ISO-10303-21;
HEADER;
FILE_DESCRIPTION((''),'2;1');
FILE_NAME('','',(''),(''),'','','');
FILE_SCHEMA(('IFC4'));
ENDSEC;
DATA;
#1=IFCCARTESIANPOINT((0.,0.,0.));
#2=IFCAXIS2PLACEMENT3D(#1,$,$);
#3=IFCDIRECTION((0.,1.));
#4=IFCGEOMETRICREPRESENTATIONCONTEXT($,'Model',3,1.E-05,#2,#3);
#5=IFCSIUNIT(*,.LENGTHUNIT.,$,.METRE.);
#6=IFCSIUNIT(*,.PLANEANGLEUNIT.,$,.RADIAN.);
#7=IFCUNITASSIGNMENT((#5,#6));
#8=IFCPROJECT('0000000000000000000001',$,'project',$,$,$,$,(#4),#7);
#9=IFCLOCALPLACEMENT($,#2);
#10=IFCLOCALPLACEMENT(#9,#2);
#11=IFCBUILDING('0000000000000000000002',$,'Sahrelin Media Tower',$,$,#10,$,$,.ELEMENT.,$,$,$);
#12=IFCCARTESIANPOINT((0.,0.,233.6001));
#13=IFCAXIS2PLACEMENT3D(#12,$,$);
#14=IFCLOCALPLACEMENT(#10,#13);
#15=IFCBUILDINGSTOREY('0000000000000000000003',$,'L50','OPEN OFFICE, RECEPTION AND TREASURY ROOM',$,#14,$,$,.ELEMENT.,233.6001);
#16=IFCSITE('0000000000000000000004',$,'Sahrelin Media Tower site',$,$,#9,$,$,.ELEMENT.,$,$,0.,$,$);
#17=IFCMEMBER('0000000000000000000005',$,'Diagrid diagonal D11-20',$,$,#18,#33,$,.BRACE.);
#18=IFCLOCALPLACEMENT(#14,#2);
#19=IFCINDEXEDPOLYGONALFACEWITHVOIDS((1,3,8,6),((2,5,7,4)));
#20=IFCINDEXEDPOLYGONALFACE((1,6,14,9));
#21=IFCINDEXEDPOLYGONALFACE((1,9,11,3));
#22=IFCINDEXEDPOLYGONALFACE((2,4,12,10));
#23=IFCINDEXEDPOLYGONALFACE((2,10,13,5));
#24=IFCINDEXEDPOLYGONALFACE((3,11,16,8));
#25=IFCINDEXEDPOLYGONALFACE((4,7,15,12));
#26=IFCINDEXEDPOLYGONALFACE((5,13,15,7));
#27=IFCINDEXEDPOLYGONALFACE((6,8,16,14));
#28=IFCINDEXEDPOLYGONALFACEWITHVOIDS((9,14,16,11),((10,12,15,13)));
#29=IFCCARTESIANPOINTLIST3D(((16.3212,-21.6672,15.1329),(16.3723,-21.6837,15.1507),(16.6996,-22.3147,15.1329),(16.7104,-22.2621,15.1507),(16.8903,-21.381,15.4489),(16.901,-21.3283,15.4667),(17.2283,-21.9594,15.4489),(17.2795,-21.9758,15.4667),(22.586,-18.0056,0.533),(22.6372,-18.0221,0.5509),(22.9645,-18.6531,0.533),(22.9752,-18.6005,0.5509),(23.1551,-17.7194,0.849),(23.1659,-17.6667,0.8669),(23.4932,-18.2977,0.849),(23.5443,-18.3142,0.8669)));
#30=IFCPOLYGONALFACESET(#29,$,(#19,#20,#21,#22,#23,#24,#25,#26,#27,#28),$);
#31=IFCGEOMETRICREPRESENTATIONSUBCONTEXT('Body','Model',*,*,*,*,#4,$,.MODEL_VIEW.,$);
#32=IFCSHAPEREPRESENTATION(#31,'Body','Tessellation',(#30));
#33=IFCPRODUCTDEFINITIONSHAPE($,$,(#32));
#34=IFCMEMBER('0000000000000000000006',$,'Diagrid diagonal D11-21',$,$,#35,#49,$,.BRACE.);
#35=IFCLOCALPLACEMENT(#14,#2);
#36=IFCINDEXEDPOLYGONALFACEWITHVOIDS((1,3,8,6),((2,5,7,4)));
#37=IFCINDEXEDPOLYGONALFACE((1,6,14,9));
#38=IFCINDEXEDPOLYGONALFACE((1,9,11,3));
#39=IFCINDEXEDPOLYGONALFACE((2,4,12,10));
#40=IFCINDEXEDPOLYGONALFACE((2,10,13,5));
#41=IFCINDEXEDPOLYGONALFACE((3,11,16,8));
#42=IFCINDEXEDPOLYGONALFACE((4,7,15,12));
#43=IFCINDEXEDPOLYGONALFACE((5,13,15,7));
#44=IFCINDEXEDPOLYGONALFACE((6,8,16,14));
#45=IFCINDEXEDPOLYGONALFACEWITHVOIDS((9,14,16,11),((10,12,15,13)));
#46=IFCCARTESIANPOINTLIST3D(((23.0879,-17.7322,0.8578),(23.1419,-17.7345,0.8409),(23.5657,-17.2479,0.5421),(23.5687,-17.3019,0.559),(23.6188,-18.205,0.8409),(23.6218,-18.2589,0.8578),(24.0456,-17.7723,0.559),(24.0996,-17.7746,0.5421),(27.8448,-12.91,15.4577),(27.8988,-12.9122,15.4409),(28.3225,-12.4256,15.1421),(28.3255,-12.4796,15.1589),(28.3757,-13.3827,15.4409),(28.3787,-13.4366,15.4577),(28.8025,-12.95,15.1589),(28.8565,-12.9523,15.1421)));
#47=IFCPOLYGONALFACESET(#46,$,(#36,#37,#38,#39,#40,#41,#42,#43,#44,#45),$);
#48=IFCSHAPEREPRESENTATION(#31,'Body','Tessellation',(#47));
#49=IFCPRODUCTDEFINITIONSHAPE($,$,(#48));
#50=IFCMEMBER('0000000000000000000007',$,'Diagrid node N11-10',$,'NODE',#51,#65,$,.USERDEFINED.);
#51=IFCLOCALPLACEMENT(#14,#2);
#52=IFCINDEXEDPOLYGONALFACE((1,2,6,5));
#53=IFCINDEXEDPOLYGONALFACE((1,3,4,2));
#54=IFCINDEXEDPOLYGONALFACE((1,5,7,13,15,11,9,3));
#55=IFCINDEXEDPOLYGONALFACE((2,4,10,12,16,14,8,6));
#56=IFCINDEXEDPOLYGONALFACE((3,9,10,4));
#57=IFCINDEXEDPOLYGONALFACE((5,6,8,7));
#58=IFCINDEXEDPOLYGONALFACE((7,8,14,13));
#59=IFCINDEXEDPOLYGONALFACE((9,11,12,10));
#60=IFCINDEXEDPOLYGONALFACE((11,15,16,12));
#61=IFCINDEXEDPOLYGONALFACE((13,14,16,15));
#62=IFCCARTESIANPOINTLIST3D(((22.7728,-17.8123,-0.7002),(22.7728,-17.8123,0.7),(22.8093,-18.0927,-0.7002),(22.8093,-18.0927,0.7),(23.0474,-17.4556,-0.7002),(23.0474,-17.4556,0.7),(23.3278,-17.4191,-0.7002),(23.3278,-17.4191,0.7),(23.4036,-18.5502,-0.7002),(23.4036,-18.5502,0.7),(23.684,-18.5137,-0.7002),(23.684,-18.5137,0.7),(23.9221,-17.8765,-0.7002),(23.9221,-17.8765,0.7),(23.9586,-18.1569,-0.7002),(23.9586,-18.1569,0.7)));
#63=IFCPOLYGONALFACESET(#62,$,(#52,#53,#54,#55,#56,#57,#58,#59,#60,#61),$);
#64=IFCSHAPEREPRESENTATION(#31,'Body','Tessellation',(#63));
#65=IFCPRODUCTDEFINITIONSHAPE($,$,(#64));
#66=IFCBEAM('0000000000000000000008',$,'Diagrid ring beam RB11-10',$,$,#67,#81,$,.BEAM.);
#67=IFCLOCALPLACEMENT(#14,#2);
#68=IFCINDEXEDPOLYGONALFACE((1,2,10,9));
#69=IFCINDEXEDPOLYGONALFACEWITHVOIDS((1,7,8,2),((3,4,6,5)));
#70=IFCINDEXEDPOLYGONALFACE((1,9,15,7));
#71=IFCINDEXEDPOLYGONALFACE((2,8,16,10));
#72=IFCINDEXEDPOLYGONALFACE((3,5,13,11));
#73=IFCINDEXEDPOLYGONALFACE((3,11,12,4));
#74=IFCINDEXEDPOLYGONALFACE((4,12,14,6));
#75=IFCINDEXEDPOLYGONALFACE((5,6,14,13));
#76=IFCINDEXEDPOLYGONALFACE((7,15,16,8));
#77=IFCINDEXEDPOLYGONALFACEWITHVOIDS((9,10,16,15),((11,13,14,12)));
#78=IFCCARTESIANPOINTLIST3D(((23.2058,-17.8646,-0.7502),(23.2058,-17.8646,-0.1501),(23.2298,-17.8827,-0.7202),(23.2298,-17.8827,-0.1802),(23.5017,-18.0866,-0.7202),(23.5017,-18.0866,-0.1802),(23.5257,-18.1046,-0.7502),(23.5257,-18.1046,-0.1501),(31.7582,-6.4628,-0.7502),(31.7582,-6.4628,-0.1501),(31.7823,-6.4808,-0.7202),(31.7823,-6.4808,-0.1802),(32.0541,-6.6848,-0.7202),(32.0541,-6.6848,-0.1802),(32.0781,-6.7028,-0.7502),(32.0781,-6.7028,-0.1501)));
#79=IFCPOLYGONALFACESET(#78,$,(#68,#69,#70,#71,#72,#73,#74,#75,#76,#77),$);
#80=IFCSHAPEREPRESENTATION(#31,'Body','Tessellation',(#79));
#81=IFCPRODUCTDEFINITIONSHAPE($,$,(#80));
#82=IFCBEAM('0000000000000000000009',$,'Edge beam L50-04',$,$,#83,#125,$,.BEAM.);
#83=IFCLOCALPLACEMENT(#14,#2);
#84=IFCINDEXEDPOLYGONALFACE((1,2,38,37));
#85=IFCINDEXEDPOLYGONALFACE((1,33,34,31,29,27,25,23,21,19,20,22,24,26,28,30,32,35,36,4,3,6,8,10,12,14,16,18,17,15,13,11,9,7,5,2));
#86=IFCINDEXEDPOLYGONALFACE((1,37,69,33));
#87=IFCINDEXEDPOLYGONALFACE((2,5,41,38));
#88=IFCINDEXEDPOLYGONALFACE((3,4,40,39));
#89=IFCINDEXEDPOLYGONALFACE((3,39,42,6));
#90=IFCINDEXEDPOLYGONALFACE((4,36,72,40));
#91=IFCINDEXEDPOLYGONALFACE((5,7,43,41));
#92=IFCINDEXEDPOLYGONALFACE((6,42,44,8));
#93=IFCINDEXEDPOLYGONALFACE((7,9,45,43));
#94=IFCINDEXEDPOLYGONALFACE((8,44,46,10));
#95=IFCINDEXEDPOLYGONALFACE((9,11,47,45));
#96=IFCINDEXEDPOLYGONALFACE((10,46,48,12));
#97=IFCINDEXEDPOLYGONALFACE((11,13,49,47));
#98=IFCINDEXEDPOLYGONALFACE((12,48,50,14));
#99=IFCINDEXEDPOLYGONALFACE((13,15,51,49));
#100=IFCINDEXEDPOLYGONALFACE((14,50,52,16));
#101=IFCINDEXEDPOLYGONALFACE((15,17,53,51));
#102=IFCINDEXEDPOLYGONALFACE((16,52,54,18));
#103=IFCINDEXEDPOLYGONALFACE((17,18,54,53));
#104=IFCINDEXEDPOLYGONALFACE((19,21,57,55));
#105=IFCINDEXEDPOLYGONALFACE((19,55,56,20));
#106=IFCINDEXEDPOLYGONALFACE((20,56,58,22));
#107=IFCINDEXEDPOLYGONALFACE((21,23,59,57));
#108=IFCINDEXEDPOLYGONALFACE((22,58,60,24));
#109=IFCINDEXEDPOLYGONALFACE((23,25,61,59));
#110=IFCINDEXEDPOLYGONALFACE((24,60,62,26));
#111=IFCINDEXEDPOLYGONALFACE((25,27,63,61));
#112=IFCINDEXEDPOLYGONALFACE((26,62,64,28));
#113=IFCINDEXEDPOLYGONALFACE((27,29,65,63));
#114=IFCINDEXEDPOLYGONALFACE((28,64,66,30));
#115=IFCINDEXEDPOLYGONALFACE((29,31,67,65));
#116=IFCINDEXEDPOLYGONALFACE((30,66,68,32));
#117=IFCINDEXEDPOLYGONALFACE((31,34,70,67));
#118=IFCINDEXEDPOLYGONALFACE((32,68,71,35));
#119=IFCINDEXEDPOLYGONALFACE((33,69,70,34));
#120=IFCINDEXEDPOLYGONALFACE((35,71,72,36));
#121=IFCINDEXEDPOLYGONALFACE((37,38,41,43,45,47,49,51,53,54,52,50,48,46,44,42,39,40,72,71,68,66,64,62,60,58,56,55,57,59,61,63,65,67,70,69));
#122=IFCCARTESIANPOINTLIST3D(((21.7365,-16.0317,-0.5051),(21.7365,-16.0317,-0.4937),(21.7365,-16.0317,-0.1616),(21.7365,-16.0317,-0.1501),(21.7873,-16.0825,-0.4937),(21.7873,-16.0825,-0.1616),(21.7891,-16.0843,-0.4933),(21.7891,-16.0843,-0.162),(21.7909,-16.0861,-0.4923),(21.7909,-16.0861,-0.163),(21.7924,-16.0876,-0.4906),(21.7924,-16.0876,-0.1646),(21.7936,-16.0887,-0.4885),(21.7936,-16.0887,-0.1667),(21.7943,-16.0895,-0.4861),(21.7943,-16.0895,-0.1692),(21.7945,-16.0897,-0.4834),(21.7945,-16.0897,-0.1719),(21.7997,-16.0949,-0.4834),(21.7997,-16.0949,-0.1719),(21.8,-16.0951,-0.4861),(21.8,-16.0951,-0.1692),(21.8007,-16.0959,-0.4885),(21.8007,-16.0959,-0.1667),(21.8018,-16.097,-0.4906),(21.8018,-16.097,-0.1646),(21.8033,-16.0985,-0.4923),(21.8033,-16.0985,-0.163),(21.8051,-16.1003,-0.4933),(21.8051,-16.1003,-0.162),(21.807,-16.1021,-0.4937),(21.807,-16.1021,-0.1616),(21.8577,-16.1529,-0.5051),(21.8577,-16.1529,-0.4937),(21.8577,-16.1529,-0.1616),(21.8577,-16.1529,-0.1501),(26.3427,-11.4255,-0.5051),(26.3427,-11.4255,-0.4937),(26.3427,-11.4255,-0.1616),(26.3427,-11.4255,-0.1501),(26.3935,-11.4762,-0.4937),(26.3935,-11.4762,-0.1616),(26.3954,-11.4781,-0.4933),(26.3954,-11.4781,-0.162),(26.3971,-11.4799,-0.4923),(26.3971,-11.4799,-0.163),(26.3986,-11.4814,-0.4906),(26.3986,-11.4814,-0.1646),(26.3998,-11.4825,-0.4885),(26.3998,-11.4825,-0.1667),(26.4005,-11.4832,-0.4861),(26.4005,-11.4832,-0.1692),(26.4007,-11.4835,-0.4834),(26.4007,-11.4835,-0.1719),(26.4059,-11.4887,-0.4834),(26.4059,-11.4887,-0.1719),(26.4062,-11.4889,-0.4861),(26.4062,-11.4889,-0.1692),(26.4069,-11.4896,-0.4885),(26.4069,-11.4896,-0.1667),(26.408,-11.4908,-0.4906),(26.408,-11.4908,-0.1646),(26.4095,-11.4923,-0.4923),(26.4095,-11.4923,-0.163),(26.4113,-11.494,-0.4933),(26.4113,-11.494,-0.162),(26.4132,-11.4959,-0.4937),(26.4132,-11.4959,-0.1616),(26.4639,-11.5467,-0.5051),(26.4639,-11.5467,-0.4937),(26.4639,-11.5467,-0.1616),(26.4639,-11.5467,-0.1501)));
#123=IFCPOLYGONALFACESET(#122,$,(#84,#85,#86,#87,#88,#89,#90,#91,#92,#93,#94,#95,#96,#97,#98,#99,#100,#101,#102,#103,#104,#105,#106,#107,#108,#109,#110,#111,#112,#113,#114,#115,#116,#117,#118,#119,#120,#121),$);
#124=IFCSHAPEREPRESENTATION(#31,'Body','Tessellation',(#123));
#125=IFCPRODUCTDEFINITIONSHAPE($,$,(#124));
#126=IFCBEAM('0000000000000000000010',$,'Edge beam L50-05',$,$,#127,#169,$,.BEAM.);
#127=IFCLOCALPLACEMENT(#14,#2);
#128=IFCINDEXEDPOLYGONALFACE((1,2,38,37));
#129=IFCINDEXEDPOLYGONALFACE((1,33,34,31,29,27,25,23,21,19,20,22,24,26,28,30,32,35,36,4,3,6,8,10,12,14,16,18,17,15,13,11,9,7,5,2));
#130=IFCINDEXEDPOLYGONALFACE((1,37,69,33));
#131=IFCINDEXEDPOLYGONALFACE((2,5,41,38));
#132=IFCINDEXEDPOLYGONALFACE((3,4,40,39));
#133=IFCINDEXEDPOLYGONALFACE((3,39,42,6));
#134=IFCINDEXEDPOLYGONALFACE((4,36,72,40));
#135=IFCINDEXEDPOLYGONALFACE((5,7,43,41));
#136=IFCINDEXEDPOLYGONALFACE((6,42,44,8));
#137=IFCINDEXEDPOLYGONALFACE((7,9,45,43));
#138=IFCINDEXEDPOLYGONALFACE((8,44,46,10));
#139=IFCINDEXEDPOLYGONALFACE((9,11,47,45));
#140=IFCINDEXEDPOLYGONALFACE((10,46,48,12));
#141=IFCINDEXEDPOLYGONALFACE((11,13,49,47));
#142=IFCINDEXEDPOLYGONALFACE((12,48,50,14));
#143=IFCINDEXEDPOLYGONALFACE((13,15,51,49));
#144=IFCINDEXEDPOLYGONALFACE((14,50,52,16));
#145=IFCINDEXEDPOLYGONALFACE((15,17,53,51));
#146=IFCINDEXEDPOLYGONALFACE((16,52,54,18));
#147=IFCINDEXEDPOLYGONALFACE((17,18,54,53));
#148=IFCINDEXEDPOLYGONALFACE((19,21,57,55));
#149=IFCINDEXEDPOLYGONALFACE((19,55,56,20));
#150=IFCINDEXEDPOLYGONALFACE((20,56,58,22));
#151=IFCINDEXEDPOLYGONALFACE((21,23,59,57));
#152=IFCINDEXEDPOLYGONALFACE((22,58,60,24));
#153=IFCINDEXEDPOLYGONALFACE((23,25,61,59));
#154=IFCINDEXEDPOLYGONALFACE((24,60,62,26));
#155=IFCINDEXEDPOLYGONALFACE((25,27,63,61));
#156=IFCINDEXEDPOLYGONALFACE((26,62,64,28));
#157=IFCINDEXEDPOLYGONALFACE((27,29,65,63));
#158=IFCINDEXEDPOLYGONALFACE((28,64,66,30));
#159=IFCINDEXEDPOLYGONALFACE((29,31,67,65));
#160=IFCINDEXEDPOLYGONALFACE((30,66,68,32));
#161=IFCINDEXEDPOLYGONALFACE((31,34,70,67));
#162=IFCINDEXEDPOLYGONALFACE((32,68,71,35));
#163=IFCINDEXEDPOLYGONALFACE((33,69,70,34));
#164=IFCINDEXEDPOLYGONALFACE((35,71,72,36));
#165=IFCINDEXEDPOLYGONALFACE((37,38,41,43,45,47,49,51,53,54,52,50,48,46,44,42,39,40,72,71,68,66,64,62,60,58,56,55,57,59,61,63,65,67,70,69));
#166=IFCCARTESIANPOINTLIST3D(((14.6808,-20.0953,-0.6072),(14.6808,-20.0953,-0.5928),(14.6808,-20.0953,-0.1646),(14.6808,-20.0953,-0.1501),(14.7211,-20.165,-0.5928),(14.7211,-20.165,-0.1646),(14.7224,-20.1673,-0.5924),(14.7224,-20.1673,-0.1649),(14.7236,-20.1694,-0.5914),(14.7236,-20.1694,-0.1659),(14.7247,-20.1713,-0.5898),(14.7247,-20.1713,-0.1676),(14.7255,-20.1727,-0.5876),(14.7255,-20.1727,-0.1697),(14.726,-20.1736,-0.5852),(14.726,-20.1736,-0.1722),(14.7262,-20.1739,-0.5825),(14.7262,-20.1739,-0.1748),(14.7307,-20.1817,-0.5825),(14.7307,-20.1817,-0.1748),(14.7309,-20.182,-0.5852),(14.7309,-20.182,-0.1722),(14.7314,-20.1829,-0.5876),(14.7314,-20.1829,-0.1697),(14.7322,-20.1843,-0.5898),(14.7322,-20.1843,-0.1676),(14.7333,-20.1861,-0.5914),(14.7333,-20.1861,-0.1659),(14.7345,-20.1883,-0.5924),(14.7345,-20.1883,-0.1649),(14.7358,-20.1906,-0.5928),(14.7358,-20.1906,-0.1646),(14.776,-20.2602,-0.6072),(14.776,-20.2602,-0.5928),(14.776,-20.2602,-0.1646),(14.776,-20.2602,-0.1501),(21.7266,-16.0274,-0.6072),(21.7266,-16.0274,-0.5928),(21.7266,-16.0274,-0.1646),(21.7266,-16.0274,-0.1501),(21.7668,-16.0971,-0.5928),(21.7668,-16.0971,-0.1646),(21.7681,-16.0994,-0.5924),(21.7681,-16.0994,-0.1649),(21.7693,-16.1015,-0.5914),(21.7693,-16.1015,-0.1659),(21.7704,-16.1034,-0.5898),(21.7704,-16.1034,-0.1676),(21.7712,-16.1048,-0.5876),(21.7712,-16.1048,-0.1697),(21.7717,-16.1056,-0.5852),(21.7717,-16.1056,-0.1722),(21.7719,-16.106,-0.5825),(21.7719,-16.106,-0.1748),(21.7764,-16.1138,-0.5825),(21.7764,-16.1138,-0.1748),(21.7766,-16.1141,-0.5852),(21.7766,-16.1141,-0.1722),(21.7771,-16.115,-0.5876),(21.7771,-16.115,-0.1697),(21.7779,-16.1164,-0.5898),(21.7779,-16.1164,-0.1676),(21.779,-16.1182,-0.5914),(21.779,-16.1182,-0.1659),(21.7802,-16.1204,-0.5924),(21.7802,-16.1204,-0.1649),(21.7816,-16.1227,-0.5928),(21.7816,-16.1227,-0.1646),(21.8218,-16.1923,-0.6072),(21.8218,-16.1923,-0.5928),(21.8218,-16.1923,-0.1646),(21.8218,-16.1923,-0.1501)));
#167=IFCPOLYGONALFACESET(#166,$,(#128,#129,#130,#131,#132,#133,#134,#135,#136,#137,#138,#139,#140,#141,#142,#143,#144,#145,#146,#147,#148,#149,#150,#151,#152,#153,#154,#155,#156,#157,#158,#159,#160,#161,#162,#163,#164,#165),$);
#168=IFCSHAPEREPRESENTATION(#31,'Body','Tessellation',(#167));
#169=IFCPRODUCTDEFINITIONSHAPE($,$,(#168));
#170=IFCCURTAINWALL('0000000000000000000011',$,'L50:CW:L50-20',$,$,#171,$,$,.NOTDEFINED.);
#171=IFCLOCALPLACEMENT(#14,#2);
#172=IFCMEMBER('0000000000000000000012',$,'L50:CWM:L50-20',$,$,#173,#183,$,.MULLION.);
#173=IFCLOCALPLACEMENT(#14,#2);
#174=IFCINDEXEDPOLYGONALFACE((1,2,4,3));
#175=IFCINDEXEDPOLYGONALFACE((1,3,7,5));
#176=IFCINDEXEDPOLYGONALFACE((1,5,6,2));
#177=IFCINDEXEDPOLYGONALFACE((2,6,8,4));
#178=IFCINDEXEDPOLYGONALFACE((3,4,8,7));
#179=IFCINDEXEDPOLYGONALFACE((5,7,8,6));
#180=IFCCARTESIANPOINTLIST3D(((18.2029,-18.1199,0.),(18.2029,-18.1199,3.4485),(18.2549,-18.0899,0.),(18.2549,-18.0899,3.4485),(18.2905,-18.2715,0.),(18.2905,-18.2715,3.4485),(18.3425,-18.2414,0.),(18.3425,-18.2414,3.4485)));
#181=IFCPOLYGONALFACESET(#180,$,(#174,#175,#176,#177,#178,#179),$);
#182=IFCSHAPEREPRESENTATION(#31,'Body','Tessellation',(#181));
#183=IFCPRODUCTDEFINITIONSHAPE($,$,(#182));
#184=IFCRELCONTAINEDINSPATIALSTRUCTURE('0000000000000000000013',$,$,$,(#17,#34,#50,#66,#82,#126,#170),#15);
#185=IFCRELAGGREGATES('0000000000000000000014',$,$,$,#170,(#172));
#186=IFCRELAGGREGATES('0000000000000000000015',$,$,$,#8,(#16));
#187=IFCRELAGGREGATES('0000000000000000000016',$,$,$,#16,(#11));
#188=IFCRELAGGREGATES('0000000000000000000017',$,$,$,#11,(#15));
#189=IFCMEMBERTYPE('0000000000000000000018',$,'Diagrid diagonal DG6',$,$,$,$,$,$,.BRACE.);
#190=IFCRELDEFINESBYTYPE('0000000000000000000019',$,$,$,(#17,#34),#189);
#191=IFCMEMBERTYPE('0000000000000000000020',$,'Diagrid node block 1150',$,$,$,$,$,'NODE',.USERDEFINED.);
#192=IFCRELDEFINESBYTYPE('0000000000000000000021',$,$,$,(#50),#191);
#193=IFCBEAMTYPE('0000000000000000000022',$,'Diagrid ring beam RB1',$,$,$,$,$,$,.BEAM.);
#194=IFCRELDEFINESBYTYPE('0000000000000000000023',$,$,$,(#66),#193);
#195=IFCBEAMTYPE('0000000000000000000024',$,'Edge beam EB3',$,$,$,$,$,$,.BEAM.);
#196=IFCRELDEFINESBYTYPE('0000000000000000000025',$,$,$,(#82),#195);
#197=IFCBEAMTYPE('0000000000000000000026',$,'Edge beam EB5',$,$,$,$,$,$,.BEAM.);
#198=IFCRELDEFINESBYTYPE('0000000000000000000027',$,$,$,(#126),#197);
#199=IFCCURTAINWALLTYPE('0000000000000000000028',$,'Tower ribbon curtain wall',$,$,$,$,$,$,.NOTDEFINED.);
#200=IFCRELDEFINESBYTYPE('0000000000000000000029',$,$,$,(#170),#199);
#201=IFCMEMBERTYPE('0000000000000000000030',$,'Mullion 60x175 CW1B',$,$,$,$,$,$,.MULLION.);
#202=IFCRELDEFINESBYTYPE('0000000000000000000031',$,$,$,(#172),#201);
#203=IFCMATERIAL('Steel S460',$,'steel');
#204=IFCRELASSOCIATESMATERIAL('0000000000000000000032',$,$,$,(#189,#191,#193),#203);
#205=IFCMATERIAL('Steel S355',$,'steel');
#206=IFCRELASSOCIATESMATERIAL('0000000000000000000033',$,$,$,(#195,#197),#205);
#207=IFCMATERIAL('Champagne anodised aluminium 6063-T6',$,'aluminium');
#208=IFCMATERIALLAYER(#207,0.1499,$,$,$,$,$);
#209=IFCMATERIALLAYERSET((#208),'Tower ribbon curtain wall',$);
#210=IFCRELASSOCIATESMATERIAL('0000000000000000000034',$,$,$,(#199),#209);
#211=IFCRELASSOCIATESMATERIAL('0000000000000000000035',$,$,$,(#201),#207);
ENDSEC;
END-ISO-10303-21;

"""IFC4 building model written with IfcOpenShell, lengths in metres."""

from ifc_helpers import new_model, si_unit, direction, frame, origin, origin_2d, place, context, subcontext, project, spatial, polyline, rectangle, hollow_rectangle, i_section, outline, extrude, material, layer, layer_set, material_profile, profile_set, type_object, element, aggregate, save


model = new_model("IFC4")

# Units and contexts
model_context = context("Model", 3, precision=1e-05, world=origin(), true_north=direction((0.0, 1.0)))
body_context = subcontext(model_context, "Body", "Model", "MODEL_VIEW")
ifc_project = project(units=[si_unit("LENGTHUNIT", "METRE"), si_unit("PLANEANGLEUNIT", "RADIAN")], contexts=[model_context])

# Site, building, storey
site_placement = place(None, origin())
site = spatial("IfcSite", under=ifc_project, at=site_placement, Name="Sahrelin Media Tower site", CompositionType="ELEMENT", RefElevation=0.0)
building_placement = place(site_placement, origin())
building = spatial("IfcBuilding", under=site, at=building_placement, Name="Sahrelin Media Tower", CompositionType="ELEMENT")
storey_placement = place(building_placement, frame((0.0, 0.0, 233.6001)))
storey = spatial("IfcBuildingStorey", under=building, at=storey_placement, Name="L50", Description="OPEN OFFICE, RECEPTION AND TREASURY ROOM", CompositionType="ELEMENT", Elevation=233.6001)

# Members
ifc_material_1 = material(Name="Steel S460", Category="steel")
ifc_material_profile_1 = material_profile(ifc_material_1, hollow_rectangle(XDim=0.75, YDim=0.75, WallThickness=0.04, at=origin_2d()), Name="Diagrid diagonal DG6")
ifc_profile_set_1 = profile_set([ifc_material_profile_1], Name="Steel S460")
member_type_1 = type_object("IfcMemberType", Name="Diagrid diagonal DG6", PredefinedType="BRACE", material=ifc_profile_set_1)
member_1_placement = place(storey_placement, frame((23.0652, -18.1599, 0.7), z_axis=(-0.384261, -0.224588, 0.895491), x_axis=(0.504601, -0.863353, 0.0)))
element("IfcMember", 1, at=member_1_placement, inside=storey, type_object=member_type_1, Name="Diagrid diagonal D11-20", PredefinedType="BRACE", context=body_context, shape_type="SweptSolid", body=[
    extrude(hollow_rectangle(XDim=0.75, YDim=0.75, WallThickness=0.04, at=origin_2d()), origin(), (0.0, 0.0, 1.0), 16.3037),
])
member_2_placement = place(storey_placement, frame((23.5938, -17.7534, 0.7), z_axis=(0.295554, 0.299619, 0.907125), x_axis=(-0.71192, 0.702261, 0.0)))
element("IfcMember", 2, at=member_2_placement, inside=storey, type_object=member_type_1, Name="Diagrid diagonal D11-21", PredefinedType="BRACE", context=body_context, shape_type="SweptSolid", body=[
    extrude(hollow_rectangle(XDim=0.75, YDim=0.75, WallThickness=0.04, at=origin_2d()), origin(), (0.0, 0.0, 1.0), 16.0947),
])
ifc_material_profile_2 = material_profile(ifc_material_1, outline(polyline([(0.375, -0.425), (0.575, -0.2251), (0.575, 0.2251), (0.375, 0.425), (-0.375, 0.425), (-0.575, 0.2251), (-0.575, -0.2251), (-0.375, -0.425), (0.375, -0.425)])), Name="Diagrid node block 1150")
ifc_profile_set_2 = profile_set([ifc_material_profile_2], Name="Steel S460")
member_type_2 = type_object("IfcMemberType", Name="Diagrid node block 1150", ElementType="NODE", PredefinedType="USERDEFINED", material=ifc_profile_set_2)
member_3_placement = place(storey_placement, frame((23.3657, -17.9846, -0.7002), z_axis=(0.0, 0.0, 1.0), x_axis=(0.792445, -0.609943, 0.0)))
element("IfcMember", 3, at=member_3_placement, inside=storey, type_object=member_type_2, Name="Diagrid node N11-10", ObjectType="NODE", PredefinedType="USERDEFINED", context=body_context, shape_type="SweptSolid", body=[
    extrude(outline(polyline([(0.375, -0.425), (0.575, -0.2251), (0.575, 0.2251), (0.375, 0.425), (-0.375, 0.425), (-0.575, 0.2251), (-0.575, -0.2251), (-0.375, -0.425), (0.375, -0.425)])), origin(), (0.0, 0.0, 1.0), 1.4001),
])

# Beams
ifc_material_profile_3 = material_profile(ifc_material_1, hollow_rectangle(XDim=0.3999, YDim=0.6001, WallThickness=0.03, at=origin_2d()), Name="Diagrid ring beam RB1")
ifc_profile_set_3 = profile_set([ifc_material_profile_3], Name="Steel S460")
beam_type_1 = type_object("IfcBeamType", Name="Diagrid ring beam RB1", PredefinedType="BEAM", material=ifc_profile_set_3)
beam_1_placement = place(storey_placement, frame((23.3657, -17.9846, -0.4502), z_axis=(0.600049, 0.799963, 0.0), x_axis=(-0.799963, 0.600049, 0.0)))
element("IfcBeam", 4, at=beam_1_placement, inside=storey, type_object=beam_type_1, Name="Diagrid ring beam RB11-10", PredefinedType="BEAM", context=body_context, shape_type="SweptSolid", body=[
    extrude(hollow_rectangle(XDim=0.3999, YDim=0.6001, WallThickness=0.03, at=origin_2d()), origin(), (0.0, 0.0, 1.0), 14.2529),
])
ifc_material_2 = material(Name="Steel S355", Category="steel")
ifc_material_profile_4 = material_profile(ifc_material_2, i_section(OverallWidth=0.1714, OverallDepth=0.355, WebThickness=0.0073, FlangeThickness=0.0115, FilletRadius=0.0103, at=origin_2d()), Name="UB 356x171x51")
ifc_profile_set_4 = profile_set([ifc_material_profile_4], Name="Steel S355")
beam_type_2 = type_object("IfcBeamType", Name="Edge beam EB3", PredefinedType="BEAM", material=ifc_profile_set_4)
beam_2_placement = place(storey_placement, frame((26.4033, -11.4861, -0.3276), z_axis=(-0.707107, -0.707107, 0.0), x_axis=(0.707107, -0.707107, 0.0)))
element("IfcBeam", 5, at=beam_2_placement, inside=storey, type_object=beam_type_2, Name="Edge beam L50-04", PredefinedType="BEAM", context=body_context, shape_type="SweptSolid", body=[
    extrude(i_section(OverallWidth=0.1714, OverallDepth=0.355, WebThickness=0.0073, FlangeThickness=0.0115, FilletRadius=0.0103, at=origin_2d()), origin(), (0.0, 0.0, 1.0), 6.5142),
])
ifc_material_profile_5 = material_profile(ifc_material_2, i_section(OverallWidth=0.1904, OverallDepth=0.457, WebThickness=0.009, FlangeThickness=0.0144, FilletRadius=0.0103, at=origin_2d()), Name="UB 457x191x74")
ifc_profile_set_5 = profile_set([ifc_material_profile_5], Name="Steel S355")
beam_type_3 = type_object("IfcBeamType", Name="Edge beam EB5", PredefinedType="BEAM", material=ifc_profile_set_5)
beam_3_placement = place(storey_placement, frame((21.7742, -16.1099, -0.3787), z_axis=(-0.866022, -0.500006, 0.0), x_axis=(0.500006, -0.866022, 0.0)))
element("IfcBeam", 6, at=beam_3_placement, inside=storey, type_object=beam_type_3, Name="Edge beam L50-05", PredefinedType="BEAM", context=body_context, shape_type="SweptSolid", body=[
    extrude(i_section(OverallWidth=0.1904, OverallDepth=0.457, WebThickness=0.009, FlangeThickness=0.0144, FilletRadius=0.0103, at=origin_2d()), origin(), (0.0, 0.0, 1.0), 8.1357),
])

# Curtain wall, member
ifc_material_3 = material(Name="Champagne anodised aluminium 6063-T6", Category="aluminium")
ifc_layer_1 = layer(ifc_material_3, 0.1499)
ifc_layer_set_1 = layer_set([ifc_layer_1], Name="Tower ribbon curtain wall")
curtain_wall_type = type_object("IfcCurtainWallType", Name="Tower ribbon curtain wall", PredefinedType="NOTDEFINED", material=ifc_layer_set_1)
curtain_wall_1_placement = place(storey_placement, frame((18.3264, -18.2737, 0.0), z_axis=(0.0, 0.0, 1.0), x_axis=(1.0, 0.0, 0.0)))
curtain_wall_1 = element("IfcCurtainWall", 7, at=curtain_wall_1_placement, inside=storey, type_object=curtain_wall_type, Name="L50:CW:L50-20", PredefinedType="NOTDEFINED")
ifc_material_profile_6 = material_profile(ifc_material_3, rectangle(XDim=0.0601, YDim=0.175, at=origin_2d()), Name="Mullion 60x175")
ifc_profile_set_6 = profile_set([ifc_material_profile_6], Name="Champagne anodised aluminium 6063-T6")
member_type_3 = type_object("IfcMemberType", Name="Mullion 60x175 CW1B", PredefinedType="MULLION", material=ifc_profile_set_6)
member_4_placement = place(storey_placement, frame((18.2727, -18.1807, 0.0), z_axis=(0.0, 0.0, 1.0), x_axis=(0.866027, 0.499997, 0.0)))
member_4 = element("IfcMember", 8, at=member_4_placement, type_object=member_type_3, Name="L50:CWM:L50-20", PredefinedType="MULLION", context=body_context, shape_type="SweptSolid", body=[
    extrude(rectangle(XDim=0.0601, YDim=0.175, at=origin_2d()), origin(), (0.0, 0.0, 1.0), 3.4485),
])

aggregate(curtain_wall_1, [member_4])

save(model, "model.ifc")
